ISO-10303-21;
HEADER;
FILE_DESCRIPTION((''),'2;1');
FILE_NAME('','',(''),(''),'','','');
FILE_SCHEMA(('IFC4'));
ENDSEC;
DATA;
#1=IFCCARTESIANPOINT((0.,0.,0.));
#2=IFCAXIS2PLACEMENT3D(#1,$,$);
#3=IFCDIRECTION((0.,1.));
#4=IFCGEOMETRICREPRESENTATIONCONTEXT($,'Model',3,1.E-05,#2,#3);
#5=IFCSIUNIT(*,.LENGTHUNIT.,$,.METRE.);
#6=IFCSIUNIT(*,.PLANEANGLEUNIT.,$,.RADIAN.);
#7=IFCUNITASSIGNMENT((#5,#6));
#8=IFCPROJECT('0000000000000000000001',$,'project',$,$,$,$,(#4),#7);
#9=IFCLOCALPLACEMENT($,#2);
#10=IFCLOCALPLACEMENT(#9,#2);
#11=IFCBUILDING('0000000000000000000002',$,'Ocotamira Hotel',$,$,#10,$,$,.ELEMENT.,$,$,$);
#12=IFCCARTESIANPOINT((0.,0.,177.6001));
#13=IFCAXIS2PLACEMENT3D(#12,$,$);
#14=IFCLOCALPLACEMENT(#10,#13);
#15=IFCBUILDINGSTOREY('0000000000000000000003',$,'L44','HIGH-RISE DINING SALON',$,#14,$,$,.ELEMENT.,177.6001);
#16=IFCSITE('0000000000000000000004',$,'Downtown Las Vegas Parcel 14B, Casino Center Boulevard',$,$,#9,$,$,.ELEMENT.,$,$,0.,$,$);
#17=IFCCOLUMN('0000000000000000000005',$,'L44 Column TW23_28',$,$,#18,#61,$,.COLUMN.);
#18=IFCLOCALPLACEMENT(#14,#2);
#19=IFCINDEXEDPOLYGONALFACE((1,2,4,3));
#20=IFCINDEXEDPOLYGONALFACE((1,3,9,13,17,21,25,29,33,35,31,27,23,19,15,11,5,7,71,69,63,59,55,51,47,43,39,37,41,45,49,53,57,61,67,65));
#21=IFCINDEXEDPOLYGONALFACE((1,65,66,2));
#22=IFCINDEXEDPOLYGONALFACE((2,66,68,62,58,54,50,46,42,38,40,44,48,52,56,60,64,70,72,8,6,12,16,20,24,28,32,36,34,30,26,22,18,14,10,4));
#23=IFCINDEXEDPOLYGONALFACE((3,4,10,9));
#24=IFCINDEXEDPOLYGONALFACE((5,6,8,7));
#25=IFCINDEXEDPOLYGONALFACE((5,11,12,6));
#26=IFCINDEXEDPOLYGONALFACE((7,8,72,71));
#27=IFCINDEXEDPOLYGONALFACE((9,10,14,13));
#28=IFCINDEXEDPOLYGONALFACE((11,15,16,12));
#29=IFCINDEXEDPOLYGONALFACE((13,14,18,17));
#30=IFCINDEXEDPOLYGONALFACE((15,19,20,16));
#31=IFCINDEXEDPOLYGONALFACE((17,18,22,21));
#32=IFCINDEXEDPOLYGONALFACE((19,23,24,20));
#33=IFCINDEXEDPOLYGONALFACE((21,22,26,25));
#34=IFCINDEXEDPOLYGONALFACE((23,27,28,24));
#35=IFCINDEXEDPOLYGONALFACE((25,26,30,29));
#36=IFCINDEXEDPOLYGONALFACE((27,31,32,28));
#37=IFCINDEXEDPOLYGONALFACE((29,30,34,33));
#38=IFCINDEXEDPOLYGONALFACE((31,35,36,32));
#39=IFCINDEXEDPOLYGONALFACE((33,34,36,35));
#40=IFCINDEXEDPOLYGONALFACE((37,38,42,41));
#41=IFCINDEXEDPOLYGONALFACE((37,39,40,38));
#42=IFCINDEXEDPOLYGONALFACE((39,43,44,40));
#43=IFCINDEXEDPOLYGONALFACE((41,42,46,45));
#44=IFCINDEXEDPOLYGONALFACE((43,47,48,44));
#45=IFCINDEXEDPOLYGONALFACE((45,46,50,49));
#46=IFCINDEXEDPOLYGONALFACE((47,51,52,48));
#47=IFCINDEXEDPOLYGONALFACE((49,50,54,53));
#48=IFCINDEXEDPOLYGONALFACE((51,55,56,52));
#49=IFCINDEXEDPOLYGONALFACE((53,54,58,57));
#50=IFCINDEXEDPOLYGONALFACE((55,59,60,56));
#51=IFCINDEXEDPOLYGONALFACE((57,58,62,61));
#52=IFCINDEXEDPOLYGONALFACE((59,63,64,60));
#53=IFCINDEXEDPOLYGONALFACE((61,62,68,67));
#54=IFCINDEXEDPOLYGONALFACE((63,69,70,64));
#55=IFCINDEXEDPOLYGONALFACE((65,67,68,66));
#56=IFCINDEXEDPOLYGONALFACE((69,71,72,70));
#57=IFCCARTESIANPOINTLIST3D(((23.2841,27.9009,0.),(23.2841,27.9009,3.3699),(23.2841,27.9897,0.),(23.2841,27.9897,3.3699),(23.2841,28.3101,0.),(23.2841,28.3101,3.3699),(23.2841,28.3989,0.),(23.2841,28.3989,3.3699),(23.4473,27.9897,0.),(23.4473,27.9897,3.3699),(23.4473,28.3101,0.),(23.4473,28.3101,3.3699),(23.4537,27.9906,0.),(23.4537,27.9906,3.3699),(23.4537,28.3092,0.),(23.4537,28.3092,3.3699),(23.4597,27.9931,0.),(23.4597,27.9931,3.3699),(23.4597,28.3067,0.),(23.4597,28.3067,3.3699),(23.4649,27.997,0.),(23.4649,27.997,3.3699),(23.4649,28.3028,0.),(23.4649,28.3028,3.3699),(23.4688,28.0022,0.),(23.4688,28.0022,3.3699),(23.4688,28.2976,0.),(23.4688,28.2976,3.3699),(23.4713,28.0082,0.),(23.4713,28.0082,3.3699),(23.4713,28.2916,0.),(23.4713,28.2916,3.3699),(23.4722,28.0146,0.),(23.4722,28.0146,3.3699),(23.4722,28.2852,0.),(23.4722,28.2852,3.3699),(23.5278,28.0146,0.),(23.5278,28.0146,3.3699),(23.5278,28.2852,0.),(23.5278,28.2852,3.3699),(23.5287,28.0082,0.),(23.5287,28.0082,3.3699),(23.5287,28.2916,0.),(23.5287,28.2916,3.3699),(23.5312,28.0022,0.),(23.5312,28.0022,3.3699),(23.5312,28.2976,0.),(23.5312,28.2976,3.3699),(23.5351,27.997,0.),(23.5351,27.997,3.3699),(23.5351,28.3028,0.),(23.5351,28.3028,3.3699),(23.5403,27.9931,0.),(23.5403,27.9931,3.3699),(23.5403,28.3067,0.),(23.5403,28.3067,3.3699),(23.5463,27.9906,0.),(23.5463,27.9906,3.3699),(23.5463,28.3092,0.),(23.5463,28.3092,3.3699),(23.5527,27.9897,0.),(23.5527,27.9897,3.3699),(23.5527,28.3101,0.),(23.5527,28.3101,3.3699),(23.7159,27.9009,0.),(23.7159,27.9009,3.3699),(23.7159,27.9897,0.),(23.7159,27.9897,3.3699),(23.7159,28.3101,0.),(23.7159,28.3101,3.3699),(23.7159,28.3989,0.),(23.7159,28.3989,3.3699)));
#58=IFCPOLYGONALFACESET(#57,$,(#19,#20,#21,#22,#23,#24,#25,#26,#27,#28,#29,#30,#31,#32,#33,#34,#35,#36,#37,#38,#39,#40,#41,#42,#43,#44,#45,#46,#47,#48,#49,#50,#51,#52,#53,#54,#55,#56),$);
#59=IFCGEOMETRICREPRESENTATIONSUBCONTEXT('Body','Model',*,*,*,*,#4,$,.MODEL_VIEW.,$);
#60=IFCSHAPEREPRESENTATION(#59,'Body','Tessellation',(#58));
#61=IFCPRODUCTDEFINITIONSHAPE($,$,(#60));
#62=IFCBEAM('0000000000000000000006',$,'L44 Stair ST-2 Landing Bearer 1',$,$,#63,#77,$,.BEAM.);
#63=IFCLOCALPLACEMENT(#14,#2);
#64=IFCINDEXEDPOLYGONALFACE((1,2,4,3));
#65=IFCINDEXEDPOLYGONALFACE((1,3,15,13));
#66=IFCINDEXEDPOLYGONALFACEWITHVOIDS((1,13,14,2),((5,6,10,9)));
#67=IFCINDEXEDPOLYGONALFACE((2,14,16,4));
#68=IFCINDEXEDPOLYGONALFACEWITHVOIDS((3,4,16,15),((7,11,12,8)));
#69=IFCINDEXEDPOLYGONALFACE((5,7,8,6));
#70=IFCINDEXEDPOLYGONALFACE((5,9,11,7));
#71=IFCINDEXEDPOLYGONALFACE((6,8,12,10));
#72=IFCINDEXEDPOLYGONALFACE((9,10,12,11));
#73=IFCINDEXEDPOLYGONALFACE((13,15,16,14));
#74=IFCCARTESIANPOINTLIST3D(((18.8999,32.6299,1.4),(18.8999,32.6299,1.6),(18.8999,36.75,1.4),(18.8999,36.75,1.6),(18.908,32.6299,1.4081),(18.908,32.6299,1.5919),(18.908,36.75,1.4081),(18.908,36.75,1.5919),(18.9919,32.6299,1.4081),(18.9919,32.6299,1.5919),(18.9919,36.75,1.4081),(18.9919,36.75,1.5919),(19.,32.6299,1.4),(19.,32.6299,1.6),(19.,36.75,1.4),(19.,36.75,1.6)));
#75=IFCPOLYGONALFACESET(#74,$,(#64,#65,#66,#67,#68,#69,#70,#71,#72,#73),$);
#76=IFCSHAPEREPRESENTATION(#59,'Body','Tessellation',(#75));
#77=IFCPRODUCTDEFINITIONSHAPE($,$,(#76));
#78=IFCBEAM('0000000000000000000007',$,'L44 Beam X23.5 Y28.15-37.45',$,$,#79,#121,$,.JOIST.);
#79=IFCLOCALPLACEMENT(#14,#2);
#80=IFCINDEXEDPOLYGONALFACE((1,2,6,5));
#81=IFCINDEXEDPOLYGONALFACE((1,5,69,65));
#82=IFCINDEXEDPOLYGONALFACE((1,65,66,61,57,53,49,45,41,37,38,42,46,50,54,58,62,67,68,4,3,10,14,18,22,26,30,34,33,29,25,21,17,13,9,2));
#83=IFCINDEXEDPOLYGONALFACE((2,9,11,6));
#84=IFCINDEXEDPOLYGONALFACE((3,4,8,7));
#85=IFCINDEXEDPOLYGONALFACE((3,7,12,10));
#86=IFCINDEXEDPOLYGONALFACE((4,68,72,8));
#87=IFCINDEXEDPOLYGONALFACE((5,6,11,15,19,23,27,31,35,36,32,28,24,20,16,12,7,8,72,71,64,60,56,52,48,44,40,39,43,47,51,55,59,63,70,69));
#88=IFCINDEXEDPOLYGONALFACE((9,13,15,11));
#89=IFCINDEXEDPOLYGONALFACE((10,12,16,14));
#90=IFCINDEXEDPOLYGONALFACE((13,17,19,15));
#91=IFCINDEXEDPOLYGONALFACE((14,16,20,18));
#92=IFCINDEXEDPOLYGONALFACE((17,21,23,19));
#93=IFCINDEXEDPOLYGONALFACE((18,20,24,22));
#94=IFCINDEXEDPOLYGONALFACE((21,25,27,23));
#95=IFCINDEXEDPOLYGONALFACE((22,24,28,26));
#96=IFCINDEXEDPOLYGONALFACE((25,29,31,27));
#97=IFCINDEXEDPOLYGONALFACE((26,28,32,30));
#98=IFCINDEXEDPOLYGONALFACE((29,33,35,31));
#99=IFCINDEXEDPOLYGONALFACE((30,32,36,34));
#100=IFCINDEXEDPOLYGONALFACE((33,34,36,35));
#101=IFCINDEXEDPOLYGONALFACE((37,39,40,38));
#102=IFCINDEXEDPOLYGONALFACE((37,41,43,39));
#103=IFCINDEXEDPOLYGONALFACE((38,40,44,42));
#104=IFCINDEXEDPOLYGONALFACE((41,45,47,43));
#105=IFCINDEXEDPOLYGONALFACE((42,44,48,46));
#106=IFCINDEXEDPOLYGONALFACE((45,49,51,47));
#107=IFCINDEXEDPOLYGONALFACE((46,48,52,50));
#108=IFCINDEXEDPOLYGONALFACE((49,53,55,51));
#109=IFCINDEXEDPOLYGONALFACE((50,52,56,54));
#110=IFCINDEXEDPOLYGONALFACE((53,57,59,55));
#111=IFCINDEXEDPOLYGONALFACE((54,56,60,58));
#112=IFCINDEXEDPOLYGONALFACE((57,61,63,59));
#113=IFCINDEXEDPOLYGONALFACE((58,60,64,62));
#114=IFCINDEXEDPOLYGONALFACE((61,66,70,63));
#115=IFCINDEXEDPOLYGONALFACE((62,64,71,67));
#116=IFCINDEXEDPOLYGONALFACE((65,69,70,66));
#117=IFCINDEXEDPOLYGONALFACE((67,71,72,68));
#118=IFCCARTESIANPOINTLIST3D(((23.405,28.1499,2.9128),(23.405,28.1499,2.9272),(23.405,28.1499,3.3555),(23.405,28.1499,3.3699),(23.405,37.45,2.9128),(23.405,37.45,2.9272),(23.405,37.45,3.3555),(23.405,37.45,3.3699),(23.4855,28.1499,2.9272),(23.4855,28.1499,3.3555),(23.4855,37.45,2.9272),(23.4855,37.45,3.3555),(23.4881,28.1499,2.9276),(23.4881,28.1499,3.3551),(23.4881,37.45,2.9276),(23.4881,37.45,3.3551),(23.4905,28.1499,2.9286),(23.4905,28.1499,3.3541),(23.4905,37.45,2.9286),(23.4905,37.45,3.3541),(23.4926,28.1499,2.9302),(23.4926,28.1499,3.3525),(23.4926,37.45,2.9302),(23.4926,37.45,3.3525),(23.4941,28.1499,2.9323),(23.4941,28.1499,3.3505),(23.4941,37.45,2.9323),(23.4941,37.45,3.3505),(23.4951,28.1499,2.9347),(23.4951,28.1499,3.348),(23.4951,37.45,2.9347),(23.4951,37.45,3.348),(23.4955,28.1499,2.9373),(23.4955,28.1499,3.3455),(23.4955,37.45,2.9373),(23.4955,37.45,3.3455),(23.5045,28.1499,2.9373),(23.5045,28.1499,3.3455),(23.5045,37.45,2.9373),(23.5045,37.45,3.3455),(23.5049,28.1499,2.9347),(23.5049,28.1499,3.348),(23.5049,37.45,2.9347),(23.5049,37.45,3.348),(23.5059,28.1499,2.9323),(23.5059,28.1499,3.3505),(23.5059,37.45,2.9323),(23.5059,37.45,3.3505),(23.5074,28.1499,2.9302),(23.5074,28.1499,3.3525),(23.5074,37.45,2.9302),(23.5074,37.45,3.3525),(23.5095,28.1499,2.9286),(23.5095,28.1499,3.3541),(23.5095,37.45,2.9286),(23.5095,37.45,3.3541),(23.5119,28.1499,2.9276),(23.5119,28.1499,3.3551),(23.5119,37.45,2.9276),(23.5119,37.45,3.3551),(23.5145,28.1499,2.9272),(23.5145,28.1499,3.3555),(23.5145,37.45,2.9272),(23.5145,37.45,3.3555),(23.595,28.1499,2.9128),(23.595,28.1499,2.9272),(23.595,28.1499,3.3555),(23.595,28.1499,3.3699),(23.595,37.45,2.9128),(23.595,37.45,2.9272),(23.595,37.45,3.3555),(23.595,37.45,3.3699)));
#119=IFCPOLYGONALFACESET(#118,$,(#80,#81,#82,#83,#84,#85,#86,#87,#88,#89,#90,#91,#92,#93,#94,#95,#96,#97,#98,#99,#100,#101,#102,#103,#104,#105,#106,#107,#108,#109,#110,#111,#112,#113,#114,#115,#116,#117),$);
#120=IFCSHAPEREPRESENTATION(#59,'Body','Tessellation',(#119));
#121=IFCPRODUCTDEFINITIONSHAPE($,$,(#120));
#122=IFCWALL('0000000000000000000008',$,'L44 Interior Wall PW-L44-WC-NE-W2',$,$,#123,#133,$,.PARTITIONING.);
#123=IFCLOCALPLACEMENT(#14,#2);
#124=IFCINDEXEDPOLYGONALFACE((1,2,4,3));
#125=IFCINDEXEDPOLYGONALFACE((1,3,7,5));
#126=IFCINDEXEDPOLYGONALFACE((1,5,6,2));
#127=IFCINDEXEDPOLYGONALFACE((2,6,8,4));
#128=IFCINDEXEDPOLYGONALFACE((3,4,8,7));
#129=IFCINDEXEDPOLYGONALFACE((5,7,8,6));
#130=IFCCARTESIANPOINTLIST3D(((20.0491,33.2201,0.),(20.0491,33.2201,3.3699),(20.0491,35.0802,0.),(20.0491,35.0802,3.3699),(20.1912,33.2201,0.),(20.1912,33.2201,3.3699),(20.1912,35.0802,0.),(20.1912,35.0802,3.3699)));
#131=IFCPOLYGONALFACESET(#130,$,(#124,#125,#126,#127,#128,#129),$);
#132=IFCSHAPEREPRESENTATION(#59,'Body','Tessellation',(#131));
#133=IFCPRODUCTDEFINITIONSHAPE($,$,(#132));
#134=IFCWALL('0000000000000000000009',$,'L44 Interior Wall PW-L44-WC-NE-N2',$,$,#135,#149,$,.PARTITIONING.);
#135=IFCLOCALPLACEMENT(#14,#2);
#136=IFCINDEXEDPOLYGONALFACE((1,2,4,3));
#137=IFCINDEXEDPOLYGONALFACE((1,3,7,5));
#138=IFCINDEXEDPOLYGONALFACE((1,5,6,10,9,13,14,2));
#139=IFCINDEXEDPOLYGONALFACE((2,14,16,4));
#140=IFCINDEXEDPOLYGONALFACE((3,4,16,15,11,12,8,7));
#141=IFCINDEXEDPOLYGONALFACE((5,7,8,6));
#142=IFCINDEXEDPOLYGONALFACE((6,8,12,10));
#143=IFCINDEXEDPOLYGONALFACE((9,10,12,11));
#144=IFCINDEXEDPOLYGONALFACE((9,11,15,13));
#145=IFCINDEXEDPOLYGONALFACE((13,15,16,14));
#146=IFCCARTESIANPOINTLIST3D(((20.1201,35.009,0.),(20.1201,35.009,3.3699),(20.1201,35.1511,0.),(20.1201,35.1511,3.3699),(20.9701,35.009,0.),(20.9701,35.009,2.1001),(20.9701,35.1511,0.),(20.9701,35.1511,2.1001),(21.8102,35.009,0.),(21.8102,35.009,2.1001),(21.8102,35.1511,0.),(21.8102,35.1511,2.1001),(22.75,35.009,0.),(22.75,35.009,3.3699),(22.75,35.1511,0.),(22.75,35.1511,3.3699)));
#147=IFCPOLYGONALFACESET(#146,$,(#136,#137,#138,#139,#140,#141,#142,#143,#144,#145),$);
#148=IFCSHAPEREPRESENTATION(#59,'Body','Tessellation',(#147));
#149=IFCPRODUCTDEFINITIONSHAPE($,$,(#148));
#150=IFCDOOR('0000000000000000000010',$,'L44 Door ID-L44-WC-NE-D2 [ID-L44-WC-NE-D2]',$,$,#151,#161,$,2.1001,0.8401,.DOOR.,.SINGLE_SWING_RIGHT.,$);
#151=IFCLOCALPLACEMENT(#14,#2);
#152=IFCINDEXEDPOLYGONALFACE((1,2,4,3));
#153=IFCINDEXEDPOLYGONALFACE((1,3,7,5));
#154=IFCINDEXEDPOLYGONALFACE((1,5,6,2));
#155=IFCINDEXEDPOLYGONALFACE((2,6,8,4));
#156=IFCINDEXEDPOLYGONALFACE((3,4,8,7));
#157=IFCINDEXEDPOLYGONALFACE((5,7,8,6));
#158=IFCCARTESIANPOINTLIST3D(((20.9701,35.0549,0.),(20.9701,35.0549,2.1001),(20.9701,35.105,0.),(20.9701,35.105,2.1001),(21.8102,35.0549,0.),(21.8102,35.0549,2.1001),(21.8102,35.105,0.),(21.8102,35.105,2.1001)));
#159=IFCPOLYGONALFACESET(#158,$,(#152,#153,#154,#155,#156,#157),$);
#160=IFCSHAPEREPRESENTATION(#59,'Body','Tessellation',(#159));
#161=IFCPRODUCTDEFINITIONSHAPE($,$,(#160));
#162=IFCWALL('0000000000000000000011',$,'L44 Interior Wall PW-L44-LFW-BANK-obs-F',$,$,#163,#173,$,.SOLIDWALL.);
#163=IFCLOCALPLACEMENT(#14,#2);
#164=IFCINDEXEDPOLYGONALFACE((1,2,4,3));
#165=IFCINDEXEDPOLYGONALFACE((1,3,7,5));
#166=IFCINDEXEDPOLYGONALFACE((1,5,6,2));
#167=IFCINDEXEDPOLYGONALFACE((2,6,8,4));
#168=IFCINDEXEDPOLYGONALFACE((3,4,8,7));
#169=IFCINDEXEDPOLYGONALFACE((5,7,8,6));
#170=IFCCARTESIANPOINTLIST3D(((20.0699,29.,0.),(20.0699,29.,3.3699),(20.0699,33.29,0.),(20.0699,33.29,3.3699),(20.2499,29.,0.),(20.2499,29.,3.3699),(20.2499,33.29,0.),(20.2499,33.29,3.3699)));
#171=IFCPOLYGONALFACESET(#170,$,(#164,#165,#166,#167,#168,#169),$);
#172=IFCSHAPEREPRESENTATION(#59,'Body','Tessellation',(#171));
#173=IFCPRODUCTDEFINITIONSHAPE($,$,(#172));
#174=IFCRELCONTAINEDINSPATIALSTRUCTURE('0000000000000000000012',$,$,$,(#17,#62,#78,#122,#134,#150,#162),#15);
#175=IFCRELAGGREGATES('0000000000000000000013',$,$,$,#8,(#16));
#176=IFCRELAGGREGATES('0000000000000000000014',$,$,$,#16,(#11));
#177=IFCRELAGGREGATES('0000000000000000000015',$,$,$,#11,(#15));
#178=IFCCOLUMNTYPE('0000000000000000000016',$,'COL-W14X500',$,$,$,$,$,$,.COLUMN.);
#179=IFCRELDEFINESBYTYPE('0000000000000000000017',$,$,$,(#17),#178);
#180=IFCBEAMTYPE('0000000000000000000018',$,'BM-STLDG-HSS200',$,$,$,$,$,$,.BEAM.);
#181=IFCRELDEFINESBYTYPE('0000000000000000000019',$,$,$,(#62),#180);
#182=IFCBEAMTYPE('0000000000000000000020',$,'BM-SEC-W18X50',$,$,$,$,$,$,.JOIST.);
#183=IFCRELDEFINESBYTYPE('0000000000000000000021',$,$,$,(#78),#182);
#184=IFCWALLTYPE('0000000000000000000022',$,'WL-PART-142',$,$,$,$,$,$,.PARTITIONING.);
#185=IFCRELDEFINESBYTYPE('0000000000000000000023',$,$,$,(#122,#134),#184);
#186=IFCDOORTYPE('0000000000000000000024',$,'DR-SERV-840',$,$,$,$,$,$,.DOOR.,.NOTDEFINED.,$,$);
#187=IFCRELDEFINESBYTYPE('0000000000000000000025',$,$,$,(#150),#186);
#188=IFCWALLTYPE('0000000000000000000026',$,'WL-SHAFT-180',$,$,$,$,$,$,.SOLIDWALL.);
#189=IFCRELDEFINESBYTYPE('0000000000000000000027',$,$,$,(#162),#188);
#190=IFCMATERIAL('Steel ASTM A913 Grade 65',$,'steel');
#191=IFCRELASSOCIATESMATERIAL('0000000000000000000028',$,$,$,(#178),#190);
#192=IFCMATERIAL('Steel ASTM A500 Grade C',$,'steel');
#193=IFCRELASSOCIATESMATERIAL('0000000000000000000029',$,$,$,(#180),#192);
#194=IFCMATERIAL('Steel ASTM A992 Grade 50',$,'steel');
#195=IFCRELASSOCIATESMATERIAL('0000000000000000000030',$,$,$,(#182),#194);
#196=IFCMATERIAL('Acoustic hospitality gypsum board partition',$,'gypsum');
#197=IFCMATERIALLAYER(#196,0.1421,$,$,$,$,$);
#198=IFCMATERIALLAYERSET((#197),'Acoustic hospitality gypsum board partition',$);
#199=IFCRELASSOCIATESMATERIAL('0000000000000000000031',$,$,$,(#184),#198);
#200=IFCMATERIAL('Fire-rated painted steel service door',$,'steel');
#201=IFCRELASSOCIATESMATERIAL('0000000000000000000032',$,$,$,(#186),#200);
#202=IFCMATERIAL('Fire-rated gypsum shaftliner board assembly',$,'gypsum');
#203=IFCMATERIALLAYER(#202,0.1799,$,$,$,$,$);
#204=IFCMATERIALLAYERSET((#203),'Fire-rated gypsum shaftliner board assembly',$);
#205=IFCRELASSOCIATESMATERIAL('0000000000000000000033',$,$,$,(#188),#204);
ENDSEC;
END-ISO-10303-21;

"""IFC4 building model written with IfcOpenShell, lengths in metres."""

from ifc_helpers import new_model, si_unit, direction, frame, frame_2d, origin, origin_2d, place, context, subcontext, project, spatial, rectangle, hollow_rectangle, i_section, extrude, source, transform, mapped, material, layer, layer_set, material_profile, profile_set, type_object, element, fill, save


model = new_model("IFC4")

# Units and contexts
model_context = context("Model", 3, precision=1e-05, world=origin(), true_north=direction((0.0, 1.0)))
body_context = subcontext(model_context, "Body", "Model", "MODEL_VIEW")
ifc_project = project(units=[si_unit("LENGTHUNIT", "METRE"), si_unit("PLANEANGLEUNIT", "RADIAN")], contexts=[model_context])

# Site, building, storey
site_placement = place(None, origin())
site = spatial("IfcSite", under=ifc_project, at=site_placement, Name="Downtown Las Vegas Parcel 14B, Casino Center Boulevard", CompositionType="ELEMENT", RefElevation=0.0)
building_placement = place(site_placement, origin())
building = spatial("IfcBuilding", under=site, at=building_placement, Name="Ocotamira Hotel", CompositionType="ELEMENT")
storey_placement = place(building_placement, frame((0.0, 0.0, 177.6001)))
storey = spatial("IfcBuildingStorey", under=building, at=storey_placement, Name="L44", Description="HIGH-RISE DINING SALON", CompositionType="ELEMENT", Elevation=177.6001)

# Column
ifc_material_1 = material(Name="Steel ASTM A913 Grade 65", Category="steel")
ifc_material_profile_1 = material_profile(ifc_material_1, i_section(OverallWidth=0.4319, OverallDepth=0.498, WebThickness=0.0557, FlangeThickness=0.0889, FilletRadius=0.0249, at=origin_2d()), Name="W14X500")
ifc_profile_set_1 = profile_set([ifc_material_profile_1], Name="Steel ASTM A913 Grade 65")
column_type = type_object("IfcColumnType", Name="COL-W14X500", PredefinedType="COLUMN", material=ifc_profile_set_1)
shared_shape_1 = source(origin(), body_context, "Body", "SweptSolid", [
    extrude(i_section(OverallWidth=0.4319, OverallDepth=0.498, WebThickness=0.0557, FlangeThickness=0.0889, FilletRadius=0.0249, at=origin_2d()), origin(), (0.0, 0.0, 1.0), 3.3699),
])
column_placement = place(storey_placement, frame((23.5, 28.1499, 0.0), z_axis=(0.0, 0.0, 1.0), x_axis=(1.0, 0.0, 0.0)))
element("IfcColumn", 1, at=column_placement, inside=storey, type_object=column_type, Name="L44 Column TW23_28", PredefinedType="COLUMN", context=body_context, shape_type="MappedRepresentation", body=[
    mapped(shared_shape_1, transform((0.0, 0.0, 0.0), scale=1.0)),
])

# Beams
ifc_material_2 = material(Name="Steel ASTM A500 Grade C", Category="steel")
ifc_material_profile_2 = material_profile(ifc_material_2, hollow_rectangle(XDim=0.1001, YDim=0.2, WallThickness=0.0081, at=origin_2d()), Name="HSS200X100X8")
ifc_profile_set_2 = profile_set([ifc_material_profile_2], Name="Steel ASTM A500 Grade C")
beam_type_1 = type_object("IfcBeamType", Name="BM-STLDG-HSS200", PredefinedType="BEAM", material=ifc_profile_set_2)
shared_shape_2 = source(origin(), body_context, "Body", "SweptSolid", [
    extrude(hollow_rectangle(XDim=0.1001, YDim=0.2, WallThickness=0.0081, at=origin_2d()), origin(), (0.0, 0.0, 1.0), 4.1201),
])
beam_1_placement = place(storey_placement, frame((18.95, 32.6299, 1.5), z_axis=(0.0, 1.0, 0.0), x_axis=(-1.0, 0.0, 0.0)))
element("IfcBeam", 2, at=beam_1_placement, inside=storey, type_object=beam_type_1, Name="L44 Stair ST-2 Landing Bearer 1", PredefinedType="BEAM", context=body_context, shape_type="MappedRepresentation", body=[
    mapped(shared_shape_2, transform((0.0, 0.0, 0.0), scale=1.0)),
])
ifc_material_3 = material(Name="Steel ASTM A992 Grade 50", Category="steel")
ifc_material_profile_3 = material_profile(ifc_material_3, i_section(OverallWidth=0.1899, OverallDepth=0.457, WebThickness=0.009, FlangeThickness=0.0144, FilletRadius=0.01, at=origin_2d()), Name="W18X50")
ifc_profile_set_3 = profile_set([ifc_material_profile_3], Name="Steel ASTM A992 Grade 50")
beam_type_2 = type_object("IfcBeamType", Name="BM-SEC-W18X50", PredefinedType="JOIST", material=ifc_profile_set_3)
shared_shape_3 = source(origin(), body_context, "Body", "SweptSolid", [
    extrude(i_section(OverallWidth=0.1899, OverallDepth=0.457, WebThickness=0.009, FlangeThickness=0.0144, FilletRadius=0.01, at=origin_2d()), origin(), (0.0, 0.0, 1.0), 9.3),
])
beam_2_placement = place(storey_placement, frame((23.5, 28.1499, 3.1414), z_axis=(0.0, 1.0, 0.0), x_axis=(-1.0, 0.0, 0.0)))
element("IfcBeam", 3, at=beam_2_placement, inside=storey, type_object=beam_type_2, Name="L44 Beam X23.5 Y28.15-37.45", PredefinedType="JOIST", context=body_context, shape_type="MappedRepresentation", body=[
    mapped(shared_shape_3, transform((0.0, 0.0, 0.0), scale=1.0)),
])

# Wall
ifc_material_4 = material(Name="Acoustic hospitality gypsum board partition", Category="gypsum")
ifc_layer_1 = layer(ifc_material_4, 0.1421)
ifc_layer_set_1 = layer_set([ifc_layer_1], Name="Acoustic hospitality gypsum board partition")
wall_type_1 = type_object("IfcWallType", Name="WL-PART-142", PredefinedType="PARTITIONING", material=ifc_layer_set_1)
wall_1_placement = place(storey_placement, frame((20.1201, 33.22, 0.0), z_axis=(0.0, 0.0, 1.0), x_axis=(0.0, 1.0, 0.0)))
element("IfcWall", 4, at=wall_1_placement, inside=storey, type_object=wall_type_1, Name="L44 Interior Wall PW-L44-WC-NE-W2", PredefinedType="PARTITIONING", context=body_context, shape_type="SweptSolid", body=[
    extrude(rectangle(XDim=1.8601, YDim=0.1421, at=frame_2d((0.9302, 0.0))), origin(), (0.0, 0.0, 1.0), 3.3699),
])

# Wall, opening, door
wall_2_placement = place(storey_placement, frame((20.1201, 35.0801, 0.0), z_axis=(0.0, 0.0, 1.0), x_axis=(1.0, 0.0, 0.0)))
wall_2 = element("IfcWall", 5, at=wall_2_placement, inside=storey, type_object=wall_type_1, Name="L44 Interior Wall PW-L44-WC-NE-N2", PredefinedType="PARTITIONING", context=body_context, shape_type="SweptSolid", body=[
    extrude(rectangle(XDim=2.6299, YDim=0.1421, at=frame_2d((1.3149, 0.0))), origin(), (0.0, 0.0, 1.0), 3.3699),
])
opening_1_placement = place(wall_2_placement, frame((0.8501, 0.0, 0.0)))
opening_1 = element("IfcOpeningElement", 6, at=opening_1_placement, cuts=wall_2, PredefinedType="OPENING", context=body_context, shape_type="SweptSolid", body=[
    extrude(rectangle(XDim=0.8401, YDim=2.1001, at=frame_2d((0.4199, 1.05))), frame((0.0, 0.0811, 0.0), z_axis=(0.0, -1.0, 0.0), x_axis=(1.0, 0.0, 0.0)), (0.0, 0.0, 1.0), 0.1621),
])
ifc_material_5 = material(Name="Fire-rated painted steel service door", Category="steel")
door_type_1 = type_object("IfcDoorType", Name="DR-SERV-840", OperationType="NOTDEFINED", PredefinedType="DOOR", material=ifc_material_5)
shared_shape_4 = source(origin(), body_context, "Body", "SweptSolid", [
    extrude(rectangle(XDim=0.8401, YDim=2.1001, at=frame_2d((0.4199, 1.05))), frame((0.0, 0.0249, 0.0), z_axis=(0.0, -1.0, 0.0), x_axis=(1.0, 0.0, 0.0)), (0.0, 0.0, 1.0), 0.05),
])
door_1_placement = place(opening_1_placement, origin())
door_1 = element("IfcDoor", 7, at=door_1_placement, inside=storey, type_object=door_type_1, Name="L44 Door ID-L44-WC-NE-D2 [ID-L44-WC-NE-D2]", OperationType="SINGLE_SWING_RIGHT", OverallHeight=2.1001, OverallWidth=0.8401, PredefinedType="DOOR", context=body_context, shape_type="MappedRepresentation", body=[
    mapped(shared_shape_4, transform((0.0, 0.0, 0.0), scale=1.0)),
])
fill(opening_1, door_1)

# Wall
ifc_material_6 = material(Name="Fire-rated gypsum shaftliner board assembly", Category="gypsum")
ifc_layer_2 = layer(ifc_material_6, 0.1799)
ifc_layer_set_2 = layer_set([ifc_layer_2], Name="Fire-rated gypsum shaftliner board assembly")
wall_type_2 = type_object("IfcWallType", Name="WL-SHAFT-180", PredefinedType="SOLIDWALL", material=ifc_layer_set_2)
wall_3_placement = place(storey_placement, frame((20.1599, 29.0, 0.0), z_axis=(0.0, 0.0, 1.0), x_axis=(0.0, 1.0, 0.0)))
element("IfcWall", 8, at=wall_3_placement, inside=storey, type_object=wall_type_2, Name="L44 Interior Wall PW-L44-LFW-BANK-obs-F", PredefinedType="SOLIDWALL", context=body_context, shape_type="SweptSolid", body=[
    extrude(rectangle(XDim=4.29, YDim=0.1799, at=frame_2d((2.145, 0.0))), origin(), (0.0, 0.0, 1.0), 3.3699),
])

save(model, "model.ifc")
